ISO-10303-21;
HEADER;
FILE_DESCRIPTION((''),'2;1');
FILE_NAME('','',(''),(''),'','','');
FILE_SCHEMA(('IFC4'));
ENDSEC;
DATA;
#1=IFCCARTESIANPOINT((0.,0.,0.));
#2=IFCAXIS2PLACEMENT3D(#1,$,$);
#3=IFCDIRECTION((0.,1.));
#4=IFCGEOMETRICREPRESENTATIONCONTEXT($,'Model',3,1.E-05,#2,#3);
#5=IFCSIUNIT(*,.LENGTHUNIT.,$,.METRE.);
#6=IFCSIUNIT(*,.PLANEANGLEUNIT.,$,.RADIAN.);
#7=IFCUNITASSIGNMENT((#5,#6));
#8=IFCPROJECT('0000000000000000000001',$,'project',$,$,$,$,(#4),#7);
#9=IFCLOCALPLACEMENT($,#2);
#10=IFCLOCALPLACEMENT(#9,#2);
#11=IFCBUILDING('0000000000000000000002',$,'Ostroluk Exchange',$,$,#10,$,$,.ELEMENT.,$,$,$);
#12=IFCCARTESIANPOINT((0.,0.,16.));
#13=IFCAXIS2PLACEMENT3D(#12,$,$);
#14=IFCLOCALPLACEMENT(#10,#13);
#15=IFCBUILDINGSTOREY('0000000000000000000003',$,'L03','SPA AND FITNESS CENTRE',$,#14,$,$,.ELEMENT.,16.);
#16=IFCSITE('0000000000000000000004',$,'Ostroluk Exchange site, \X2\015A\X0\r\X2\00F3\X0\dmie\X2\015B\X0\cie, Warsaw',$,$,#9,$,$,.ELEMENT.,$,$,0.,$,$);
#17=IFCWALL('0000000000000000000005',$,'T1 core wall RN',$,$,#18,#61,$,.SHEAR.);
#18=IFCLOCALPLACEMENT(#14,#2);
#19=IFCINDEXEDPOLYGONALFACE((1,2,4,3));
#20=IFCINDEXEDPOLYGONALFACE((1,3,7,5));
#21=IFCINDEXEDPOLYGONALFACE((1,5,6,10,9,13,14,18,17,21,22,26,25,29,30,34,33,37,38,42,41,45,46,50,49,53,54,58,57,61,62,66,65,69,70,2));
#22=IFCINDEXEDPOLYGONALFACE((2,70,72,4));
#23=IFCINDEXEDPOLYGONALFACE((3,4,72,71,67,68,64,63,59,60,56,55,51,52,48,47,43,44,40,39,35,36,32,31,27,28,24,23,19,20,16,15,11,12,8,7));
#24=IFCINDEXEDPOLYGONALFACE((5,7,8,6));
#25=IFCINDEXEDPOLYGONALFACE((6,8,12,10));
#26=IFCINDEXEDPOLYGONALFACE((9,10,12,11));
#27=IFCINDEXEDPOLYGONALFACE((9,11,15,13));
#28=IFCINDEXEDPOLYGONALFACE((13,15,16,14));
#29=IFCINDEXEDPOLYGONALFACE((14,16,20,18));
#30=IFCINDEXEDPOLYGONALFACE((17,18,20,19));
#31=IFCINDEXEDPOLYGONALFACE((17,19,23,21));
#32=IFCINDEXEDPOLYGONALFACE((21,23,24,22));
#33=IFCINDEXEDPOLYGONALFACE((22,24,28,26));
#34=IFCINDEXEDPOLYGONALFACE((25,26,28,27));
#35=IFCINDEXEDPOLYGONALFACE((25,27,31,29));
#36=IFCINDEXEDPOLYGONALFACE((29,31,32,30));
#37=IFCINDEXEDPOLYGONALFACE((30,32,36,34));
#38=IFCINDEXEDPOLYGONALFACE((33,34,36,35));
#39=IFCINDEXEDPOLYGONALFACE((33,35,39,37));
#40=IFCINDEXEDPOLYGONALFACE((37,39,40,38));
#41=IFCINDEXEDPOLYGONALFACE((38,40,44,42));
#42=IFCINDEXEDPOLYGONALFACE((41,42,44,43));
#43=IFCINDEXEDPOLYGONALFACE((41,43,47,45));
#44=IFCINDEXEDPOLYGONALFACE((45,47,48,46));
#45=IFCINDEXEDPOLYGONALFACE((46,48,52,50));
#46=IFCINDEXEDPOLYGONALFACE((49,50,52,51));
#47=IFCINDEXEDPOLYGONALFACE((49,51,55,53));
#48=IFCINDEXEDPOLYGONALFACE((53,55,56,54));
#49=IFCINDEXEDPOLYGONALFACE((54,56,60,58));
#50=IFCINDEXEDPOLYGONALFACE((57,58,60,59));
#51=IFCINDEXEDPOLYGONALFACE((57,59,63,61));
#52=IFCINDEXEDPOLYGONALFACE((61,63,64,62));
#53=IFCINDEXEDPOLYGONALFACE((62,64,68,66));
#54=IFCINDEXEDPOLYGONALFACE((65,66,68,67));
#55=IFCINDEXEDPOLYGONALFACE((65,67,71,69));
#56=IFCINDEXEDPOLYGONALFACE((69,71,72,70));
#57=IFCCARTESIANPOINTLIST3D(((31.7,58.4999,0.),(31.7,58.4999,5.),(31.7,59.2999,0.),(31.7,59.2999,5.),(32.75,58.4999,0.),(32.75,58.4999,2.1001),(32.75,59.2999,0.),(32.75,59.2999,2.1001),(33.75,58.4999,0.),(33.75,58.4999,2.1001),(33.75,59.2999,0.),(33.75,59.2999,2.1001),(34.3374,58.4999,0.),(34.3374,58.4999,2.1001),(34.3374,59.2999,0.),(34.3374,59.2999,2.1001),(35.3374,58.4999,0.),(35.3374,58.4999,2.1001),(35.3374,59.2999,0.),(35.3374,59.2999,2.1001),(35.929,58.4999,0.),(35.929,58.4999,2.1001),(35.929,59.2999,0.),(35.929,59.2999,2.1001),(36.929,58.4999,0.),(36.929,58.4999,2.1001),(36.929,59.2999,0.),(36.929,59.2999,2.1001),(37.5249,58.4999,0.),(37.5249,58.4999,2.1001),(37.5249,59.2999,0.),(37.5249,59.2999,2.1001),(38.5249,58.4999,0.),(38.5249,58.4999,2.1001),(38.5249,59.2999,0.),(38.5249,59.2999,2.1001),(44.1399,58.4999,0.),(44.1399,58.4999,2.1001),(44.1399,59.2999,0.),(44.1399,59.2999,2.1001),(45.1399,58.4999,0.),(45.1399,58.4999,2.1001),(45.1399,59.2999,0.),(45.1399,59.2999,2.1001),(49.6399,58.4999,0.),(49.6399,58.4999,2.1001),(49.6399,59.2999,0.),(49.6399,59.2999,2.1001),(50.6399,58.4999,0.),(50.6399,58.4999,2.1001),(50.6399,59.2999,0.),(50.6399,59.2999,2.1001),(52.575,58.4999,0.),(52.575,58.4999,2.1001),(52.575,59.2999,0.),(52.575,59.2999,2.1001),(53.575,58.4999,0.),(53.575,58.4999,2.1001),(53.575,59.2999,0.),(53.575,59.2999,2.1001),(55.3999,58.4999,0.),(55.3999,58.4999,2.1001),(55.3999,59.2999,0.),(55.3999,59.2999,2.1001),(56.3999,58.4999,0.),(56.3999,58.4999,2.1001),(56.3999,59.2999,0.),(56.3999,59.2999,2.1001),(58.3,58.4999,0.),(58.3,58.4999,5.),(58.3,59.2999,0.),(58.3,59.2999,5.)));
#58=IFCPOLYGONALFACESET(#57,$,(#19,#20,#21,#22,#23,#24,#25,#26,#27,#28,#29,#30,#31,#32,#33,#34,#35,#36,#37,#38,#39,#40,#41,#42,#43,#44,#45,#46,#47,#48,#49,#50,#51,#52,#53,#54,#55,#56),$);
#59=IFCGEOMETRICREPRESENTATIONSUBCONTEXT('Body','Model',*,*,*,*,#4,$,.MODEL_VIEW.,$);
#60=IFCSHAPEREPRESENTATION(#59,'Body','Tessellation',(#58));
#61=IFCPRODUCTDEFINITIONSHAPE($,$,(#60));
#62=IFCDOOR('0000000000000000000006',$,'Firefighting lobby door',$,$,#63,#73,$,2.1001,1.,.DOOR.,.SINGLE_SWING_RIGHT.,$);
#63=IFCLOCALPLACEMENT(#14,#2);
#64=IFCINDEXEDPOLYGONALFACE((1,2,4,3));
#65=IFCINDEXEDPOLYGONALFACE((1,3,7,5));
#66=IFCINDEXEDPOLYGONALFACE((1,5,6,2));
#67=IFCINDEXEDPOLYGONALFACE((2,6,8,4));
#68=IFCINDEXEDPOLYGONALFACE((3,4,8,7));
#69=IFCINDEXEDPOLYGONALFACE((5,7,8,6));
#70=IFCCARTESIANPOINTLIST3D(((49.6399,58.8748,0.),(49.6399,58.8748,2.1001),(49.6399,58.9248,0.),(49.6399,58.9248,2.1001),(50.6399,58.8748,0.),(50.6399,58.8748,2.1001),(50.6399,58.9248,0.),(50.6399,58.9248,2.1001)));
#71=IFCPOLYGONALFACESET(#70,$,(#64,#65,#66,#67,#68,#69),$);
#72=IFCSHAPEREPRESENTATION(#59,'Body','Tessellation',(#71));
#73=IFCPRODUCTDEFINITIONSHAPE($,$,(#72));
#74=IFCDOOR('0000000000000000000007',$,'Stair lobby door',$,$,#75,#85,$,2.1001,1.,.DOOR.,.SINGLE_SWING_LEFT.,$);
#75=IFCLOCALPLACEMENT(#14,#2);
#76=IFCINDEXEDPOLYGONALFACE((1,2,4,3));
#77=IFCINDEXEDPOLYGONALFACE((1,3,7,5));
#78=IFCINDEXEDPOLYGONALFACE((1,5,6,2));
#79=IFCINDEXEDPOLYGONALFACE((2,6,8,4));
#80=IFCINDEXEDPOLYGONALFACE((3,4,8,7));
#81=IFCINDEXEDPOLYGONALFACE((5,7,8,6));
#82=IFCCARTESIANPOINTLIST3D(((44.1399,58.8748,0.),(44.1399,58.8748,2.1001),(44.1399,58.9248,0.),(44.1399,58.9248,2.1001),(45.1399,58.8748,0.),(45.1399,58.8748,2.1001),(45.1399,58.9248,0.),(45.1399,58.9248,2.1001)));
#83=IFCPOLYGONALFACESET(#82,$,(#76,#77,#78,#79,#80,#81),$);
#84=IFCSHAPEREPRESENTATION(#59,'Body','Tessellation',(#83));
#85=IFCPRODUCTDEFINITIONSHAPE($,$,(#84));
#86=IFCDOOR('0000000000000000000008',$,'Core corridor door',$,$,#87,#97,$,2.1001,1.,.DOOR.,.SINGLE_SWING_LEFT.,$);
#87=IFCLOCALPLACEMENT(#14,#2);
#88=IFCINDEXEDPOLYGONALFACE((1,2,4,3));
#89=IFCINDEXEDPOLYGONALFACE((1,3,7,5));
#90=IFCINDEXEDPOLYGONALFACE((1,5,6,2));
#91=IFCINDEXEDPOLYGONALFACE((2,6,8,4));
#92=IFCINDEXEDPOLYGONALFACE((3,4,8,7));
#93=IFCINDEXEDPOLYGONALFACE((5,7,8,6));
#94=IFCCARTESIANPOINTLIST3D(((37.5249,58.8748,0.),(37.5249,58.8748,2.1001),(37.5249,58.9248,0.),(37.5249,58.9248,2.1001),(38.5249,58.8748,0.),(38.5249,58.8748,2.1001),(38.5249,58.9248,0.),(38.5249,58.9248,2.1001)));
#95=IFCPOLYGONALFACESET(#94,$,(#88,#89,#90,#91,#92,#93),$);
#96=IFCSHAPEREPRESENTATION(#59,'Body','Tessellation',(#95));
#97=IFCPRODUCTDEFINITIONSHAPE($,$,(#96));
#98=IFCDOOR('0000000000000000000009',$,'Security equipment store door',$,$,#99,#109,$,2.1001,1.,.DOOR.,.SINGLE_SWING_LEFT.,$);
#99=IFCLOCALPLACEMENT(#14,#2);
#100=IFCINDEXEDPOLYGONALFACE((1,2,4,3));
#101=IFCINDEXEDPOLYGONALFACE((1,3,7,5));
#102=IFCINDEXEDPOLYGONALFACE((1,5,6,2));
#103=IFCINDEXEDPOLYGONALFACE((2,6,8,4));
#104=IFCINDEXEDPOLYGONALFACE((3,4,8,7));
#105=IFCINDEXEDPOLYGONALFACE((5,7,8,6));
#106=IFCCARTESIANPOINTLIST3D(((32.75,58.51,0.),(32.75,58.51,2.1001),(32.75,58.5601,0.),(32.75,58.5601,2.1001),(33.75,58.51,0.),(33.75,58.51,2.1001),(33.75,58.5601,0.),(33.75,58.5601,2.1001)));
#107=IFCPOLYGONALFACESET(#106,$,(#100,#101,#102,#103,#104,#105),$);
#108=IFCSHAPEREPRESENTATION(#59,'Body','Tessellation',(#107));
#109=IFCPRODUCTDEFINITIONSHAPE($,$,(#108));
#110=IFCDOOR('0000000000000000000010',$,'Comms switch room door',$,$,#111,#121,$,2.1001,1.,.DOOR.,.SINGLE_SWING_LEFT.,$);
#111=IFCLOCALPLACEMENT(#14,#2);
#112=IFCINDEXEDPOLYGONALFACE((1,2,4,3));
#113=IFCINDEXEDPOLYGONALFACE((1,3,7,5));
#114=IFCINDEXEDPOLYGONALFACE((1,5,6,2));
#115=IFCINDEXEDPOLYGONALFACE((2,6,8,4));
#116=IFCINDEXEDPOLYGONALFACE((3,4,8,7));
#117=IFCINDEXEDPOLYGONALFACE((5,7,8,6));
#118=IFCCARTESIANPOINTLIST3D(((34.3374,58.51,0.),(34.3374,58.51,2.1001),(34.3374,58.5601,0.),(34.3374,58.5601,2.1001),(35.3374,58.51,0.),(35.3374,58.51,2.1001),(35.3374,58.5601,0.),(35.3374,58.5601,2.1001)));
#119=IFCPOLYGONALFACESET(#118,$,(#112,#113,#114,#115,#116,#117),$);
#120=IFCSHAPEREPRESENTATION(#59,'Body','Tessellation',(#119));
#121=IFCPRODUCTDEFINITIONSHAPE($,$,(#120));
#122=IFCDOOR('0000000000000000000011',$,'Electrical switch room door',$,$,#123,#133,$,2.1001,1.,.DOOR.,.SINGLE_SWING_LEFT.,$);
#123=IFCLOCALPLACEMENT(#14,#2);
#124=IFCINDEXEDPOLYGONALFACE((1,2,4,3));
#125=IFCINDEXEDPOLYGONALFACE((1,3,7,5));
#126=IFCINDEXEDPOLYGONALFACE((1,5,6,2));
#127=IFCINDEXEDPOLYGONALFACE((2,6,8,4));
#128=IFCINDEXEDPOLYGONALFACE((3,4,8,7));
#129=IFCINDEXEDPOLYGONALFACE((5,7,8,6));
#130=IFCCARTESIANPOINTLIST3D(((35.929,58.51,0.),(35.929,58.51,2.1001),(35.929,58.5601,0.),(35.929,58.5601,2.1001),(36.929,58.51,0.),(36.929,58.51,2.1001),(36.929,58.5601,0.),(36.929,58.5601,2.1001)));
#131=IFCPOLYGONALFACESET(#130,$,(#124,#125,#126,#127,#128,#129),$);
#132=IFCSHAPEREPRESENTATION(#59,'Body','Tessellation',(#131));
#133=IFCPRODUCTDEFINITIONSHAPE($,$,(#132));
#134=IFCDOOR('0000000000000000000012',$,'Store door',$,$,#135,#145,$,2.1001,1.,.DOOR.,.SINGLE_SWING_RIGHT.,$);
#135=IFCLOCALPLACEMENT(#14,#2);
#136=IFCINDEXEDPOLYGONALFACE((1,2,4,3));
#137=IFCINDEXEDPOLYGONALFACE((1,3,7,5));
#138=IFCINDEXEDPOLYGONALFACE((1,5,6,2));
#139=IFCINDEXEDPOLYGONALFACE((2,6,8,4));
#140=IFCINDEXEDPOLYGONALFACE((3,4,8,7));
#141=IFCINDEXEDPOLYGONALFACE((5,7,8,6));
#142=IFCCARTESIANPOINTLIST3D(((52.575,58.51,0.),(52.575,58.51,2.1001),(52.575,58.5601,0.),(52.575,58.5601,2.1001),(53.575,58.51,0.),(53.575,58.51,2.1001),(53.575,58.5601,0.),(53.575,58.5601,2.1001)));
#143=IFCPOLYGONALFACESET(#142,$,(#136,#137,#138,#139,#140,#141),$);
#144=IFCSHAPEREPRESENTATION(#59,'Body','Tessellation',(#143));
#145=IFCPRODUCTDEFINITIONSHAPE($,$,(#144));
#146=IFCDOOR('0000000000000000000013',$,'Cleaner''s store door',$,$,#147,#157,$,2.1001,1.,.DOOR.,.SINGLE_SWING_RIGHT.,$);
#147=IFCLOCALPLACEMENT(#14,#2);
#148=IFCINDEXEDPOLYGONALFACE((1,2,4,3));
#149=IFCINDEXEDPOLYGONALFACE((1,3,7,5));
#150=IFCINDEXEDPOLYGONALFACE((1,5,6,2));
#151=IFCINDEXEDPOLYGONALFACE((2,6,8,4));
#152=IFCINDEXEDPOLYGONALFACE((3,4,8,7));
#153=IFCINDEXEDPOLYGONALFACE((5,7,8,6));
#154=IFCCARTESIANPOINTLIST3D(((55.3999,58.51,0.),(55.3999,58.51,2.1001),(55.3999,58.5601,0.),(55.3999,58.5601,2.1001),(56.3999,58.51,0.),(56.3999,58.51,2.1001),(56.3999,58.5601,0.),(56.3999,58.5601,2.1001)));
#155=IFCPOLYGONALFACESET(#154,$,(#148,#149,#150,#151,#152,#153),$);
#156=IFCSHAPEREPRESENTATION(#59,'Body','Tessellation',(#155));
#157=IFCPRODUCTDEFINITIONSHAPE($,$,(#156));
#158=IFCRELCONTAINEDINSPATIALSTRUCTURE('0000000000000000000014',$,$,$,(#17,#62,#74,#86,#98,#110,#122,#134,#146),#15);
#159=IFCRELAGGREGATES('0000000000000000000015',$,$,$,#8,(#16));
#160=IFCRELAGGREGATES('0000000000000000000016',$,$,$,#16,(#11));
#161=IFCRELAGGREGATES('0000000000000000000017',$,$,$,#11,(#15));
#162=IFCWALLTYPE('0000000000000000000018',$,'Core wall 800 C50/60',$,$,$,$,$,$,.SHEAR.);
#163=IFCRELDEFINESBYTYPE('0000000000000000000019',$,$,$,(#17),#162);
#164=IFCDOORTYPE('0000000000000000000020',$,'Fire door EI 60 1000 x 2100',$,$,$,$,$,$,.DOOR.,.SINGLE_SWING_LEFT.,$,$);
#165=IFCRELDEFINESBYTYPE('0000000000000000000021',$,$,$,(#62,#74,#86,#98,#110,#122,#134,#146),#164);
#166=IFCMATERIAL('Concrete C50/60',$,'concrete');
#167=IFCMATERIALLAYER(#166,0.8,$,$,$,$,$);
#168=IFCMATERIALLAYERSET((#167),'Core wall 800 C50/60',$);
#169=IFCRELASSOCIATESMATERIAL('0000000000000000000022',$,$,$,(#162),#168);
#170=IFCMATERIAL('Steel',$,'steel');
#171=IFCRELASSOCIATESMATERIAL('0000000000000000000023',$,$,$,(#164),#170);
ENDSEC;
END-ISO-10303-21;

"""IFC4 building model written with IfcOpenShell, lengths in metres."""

from ifc_helpers import new_model, si_unit, direction, frame, frame_2d, origin, place, context, subcontext, project, spatial, rectangle, extrude, material, layer, layer_set, type_object, element, fill, save


model = new_model("IFC4")

# Units and contexts
model_context = context("Model", 3, precision=1e-05, world=origin(), true_north=direction((0.0, 1.0)))
body_context = subcontext(model_context, "Body", "Model", "MODEL_VIEW")
ifc_project = project(units=[si_unit("LENGTHUNIT", "METRE"), si_unit("PLANEANGLEUNIT", "RADIAN")], contexts=[model_context])

# Site, building, storey
site_placement = place(None, origin())
site = spatial("IfcSite", under=ifc_project, at=site_placement, Name="Ostroluk Exchange site, Śródmieście, Warsaw", CompositionType="ELEMENT", RefElevation=0.0)
building_placement = place(site_placement, origin())
building = spatial("IfcBuilding", under=site, at=building_placement, Name="Ostroluk Exchange", CompositionType="ELEMENT")
storey_placement = place(building_placement, frame((0.0, 0.0, 16.0)))
storey = spatial("IfcBuildingStorey", under=building, at=storey_placement, Name="L03", Description="SPA AND FITNESS CENTRE", CompositionType="ELEMENT", Elevation=16.0)

# Wall, openings, doors
ifc_material_1 = material(Name="Concrete C50/60", Category="concrete")
ifc_layer_1 = layer(ifc_material_1, 0.8)
ifc_layer_set_1 = layer_set([ifc_layer_1], Name="Core wall 800 C50/60")
wall_type_1 = type_object("IfcWallType", Name="Core wall 800 C50/60", PredefinedType="SHEAR", material=ifc_layer_set_1)
wall_1_placement = place(storey_placement, frame((31.7, 58.8999, 0.0), z_axis=(0.0, 0.0, 1.0), x_axis=(1.0, 0.0, 0.0)))
wall_1 = element("IfcWall", 1, at=wall_1_placement, inside=storey, type_object=wall_type_1, Name="T1 core wall RN", PredefinedType="SHEAR", context=body_context, shape_type="SweptSolid", body=[
    extrude(rectangle(XDim=26.6001, YDim=0.8, at=frame_2d((13.3, 0.0))), origin(), (0.0, 0.0, 1.0), 5.0),
])
opening_1_placement = place(wall_1_placement, frame((17.9399, 0.0, 0.0)))
opening_1 = element("IfcOpeningElement", 2, at=opening_1_placement, cuts=wall_1, PredefinedType="OPENING", context=body_context, shape_type="SweptSolid", body=[
    extrude(rectangle(XDim=1.0, YDim=2.1001, at=frame_2d((0.5, 1.05))), frame((0.0, 0.4099, 0.0), z_axis=(0.0, -1.0, 0.0), x_axis=(1.0, 0.0, 0.0)), (0.0, 0.0, 1.0), 0.8201),
])
opening_2_placement = place(wall_1_placement, frame((12.4399, 0.0, 0.0)))
opening_2 = element("IfcOpeningElement", 3, at=opening_2_placement, cuts=wall_1, PredefinedType="OPENING", context=body_context, shape_type="SweptSolid", body=[
    extrude(rectangle(XDim=1.0, YDim=2.1001, at=frame_2d((0.5, 1.05))), frame((0.0, 0.4099, 0.0), z_axis=(0.0, -1.0, 0.0), x_axis=(1.0, 0.0, 0.0)), (0.0, 0.0, 1.0), 0.8201),
])
opening_3_placement = place(wall_1_placement, frame((5.825, 0.0, 0.0)))
opening_3 = element("IfcOpeningElement", 4, at=opening_3_placement, cuts=wall_1, PredefinedType="OPENING", context=body_context, shape_type="SweptSolid", body=[
    extrude(rectangle(XDim=1.0, YDim=2.1001, at=frame_2d((0.5, 1.05))), frame((0.0, 0.4099, 0.0), z_axis=(0.0, -1.0, 0.0), x_axis=(1.0, 0.0, 0.0)), (0.0, 0.0, 1.0), 0.8201),
])
opening_4_placement = place(wall_1_placement, frame((1.05, 0.0, 0.0)))
opening_4 = element("IfcOpeningElement", 5, at=opening_4_placement, cuts=wall_1, PredefinedType="OPENING", context=body_context, shape_type="SweptSolid", body=[
    extrude(rectangle(XDim=1.0, YDim=2.1001, at=frame_2d((0.5, 1.05))), frame((0.0, 0.4099, 0.0), z_axis=(0.0, -1.0, 0.0), x_axis=(1.0, 0.0, 0.0)), (0.0, 0.0, 1.0), 0.8201),
])
opening_5_placement = place(wall_1_placement, frame((2.6375, 0.0, 0.0)))
opening_5 = element("IfcOpeningElement", 6, at=opening_5_placement, cuts=wall_1, PredefinedType="OPENING", context=body_context, shape_type="SweptSolid", body=[
    extrude(rectangle(XDim=1.0, YDim=2.1001, at=frame_2d((0.5, 1.05))), frame((0.0, 0.4099, 0.0), z_axis=(0.0, -1.0, 0.0), x_axis=(1.0, 0.0, 0.0)), (0.0, 0.0, 1.0), 0.8201),
])
opening_6_placement = place(wall_1_placement, frame((4.229, 0.0, 0.0)))
opening_6 = element("IfcOpeningElement", 7, at=opening_6_placement, cuts=wall_1, PredefinedType="OPENING", context=body_context, shape_type="SweptSolid", body=[
    extrude(rectangle(XDim=1.0, YDim=2.1001, at=frame_2d((0.5, 1.05))), frame((0.0, 0.4099, 0.0), z_axis=(0.0, -1.0, 0.0), x_axis=(1.0, 0.0, 0.0)), (0.0, 0.0, 1.0), 0.8201),
])
opening_7_placement = place(wall_1_placement, frame((20.875, 0.0, 0.0)))
opening_7 = element("IfcOpeningElement", 8, at=opening_7_placement, cuts=wall_1, PredefinedType="OPENING", context=body_context, shape_type="SweptSolid", body=[
    extrude(rectangle(XDim=1.0, YDim=2.1001, at=frame_2d((0.5, 1.05))), frame((0.0, 0.4099, 0.0), z_axis=(0.0, -1.0, 0.0), x_axis=(1.0, 0.0, 0.0)), (0.0, 0.0, 1.0), 0.8201),
])
opening_8_placement = place(wall_1_placement, frame((23.7, 0.0, 0.0)))
opening_8 = element("IfcOpeningElement", 9, at=opening_8_placement, cuts=wall_1, PredefinedType="OPENING", context=body_context, shape_type="SweptSolid", body=[
    extrude(rectangle(XDim=1.0, YDim=2.1001, at=frame_2d((0.5, 1.05))), frame((0.0, 0.4099, 0.0), z_axis=(0.0, -1.0, 0.0), x_axis=(1.0, 0.0, 0.0)), (0.0, 0.0, 1.0), 0.8201),
])
ifc_material_2 = material(Name="Steel", Category="steel")
door_type_1 = type_object("IfcDoorType", Name="Fire door EI 60 1000 x 2100", OperationType="SINGLE_SWING_LEFT", PredefinedType="DOOR", material=ifc_material_2)
door_1_placement = place(opening_1_placement, origin())
door_1 = element("IfcDoor", 10, at=door_1_placement, inside=storey, type_object=door_type_1, Name="Firefighting lobby door", OperationType="SINGLE_SWING_RIGHT", OverallHeight=2.1001, OverallWidth=1.0, PredefinedType="DOOR", context=body_context, shape_type="SweptSolid", body=[
    extrude(rectangle(XDim=1.0, YDim=2.1001, at=frame_2d((0.5, 1.05))), frame((0.0, 0.0249, 0.0), z_axis=(0.0, -1.0, 0.0), x_axis=(1.0, 0.0, 0.0)), (0.0, 0.0, 1.0), 0.05),
])
fill(opening_1, door_1)
door_2_placement = place(opening_2_placement, origin())
door_2 = element("IfcDoor", 11, at=door_2_placement, inside=storey, type_object=door_type_1, Name="Stair lobby door", OperationType="SINGLE_SWING_LEFT", OverallHeight=2.1001, OverallWidth=1.0, PredefinedType="DOOR", context=body_context, shape_type="SweptSolid", body=[
    extrude(rectangle(XDim=1.0, YDim=2.1001, at=frame_2d((0.5, 1.05))), frame((0.0, 0.0249, 0.0), z_axis=(0.0, -1.0, 0.0), x_axis=(1.0, 0.0, 0.0)), (0.0, 0.0, 1.0), 0.05),
])
fill(opening_2, door_2)
door_3_placement = place(opening_3_placement, origin())
door_3 = element("IfcDoor", 12, at=door_3_placement, inside=storey, type_object=door_type_1, Name="Core corridor door", OperationType="SINGLE_SWING_LEFT", OverallHeight=2.1001, OverallWidth=1.0, PredefinedType="DOOR", context=body_context, shape_type="SweptSolid", body=[
    extrude(rectangle(XDim=1.0, YDim=2.1001, at=frame_2d((0.5, 1.05))), frame((0.0, 0.0249, 0.0), z_axis=(0.0, -1.0, 0.0), x_axis=(1.0, 0.0, 0.0)), (0.0, 0.0, 1.0), 0.05),
])
fill(opening_3, door_3)
door_4_placement = place(opening_4_placement, origin())
door_4 = element("IfcDoor", 13, at=door_4_placement, inside=storey, type_object=door_type_1, Name="Security equipment store door", OperationType="SINGLE_SWING_LEFT", OverallHeight=2.1001, OverallWidth=1.0, PredefinedType="DOOR", context=body_context, shape_type="SweptSolid", body=[
    extrude(rectangle(XDim=1.0, YDim=2.1001, at=frame_2d((0.5, 1.05))), frame((0.0, -0.3398, 0.0), z_axis=(0.0, -1.0, 0.0), x_axis=(1.0, 0.0, 0.0)), (0.0, 0.0, 1.0), 0.05),
])
fill(opening_4, door_4)
door_5_placement = place(opening_5_placement, origin())
door_5 = element("IfcDoor", 14, at=door_5_placement, inside=storey, type_object=door_type_1, Name="Comms switch room door", OperationType="SINGLE_SWING_LEFT", OverallHeight=2.1001, OverallWidth=1.0, PredefinedType="DOOR", context=body_context, shape_type="SweptSolid", body=[
    extrude(rectangle(XDim=1.0, YDim=2.1001, at=frame_2d((0.5, 1.05))), frame((0.0, -0.3398, 0.0), z_axis=(0.0, -1.0, 0.0), x_axis=(1.0, 0.0, 0.0)), (0.0, 0.0, 1.0), 0.05),
])
fill(opening_5, door_5)
door_6_placement = place(opening_6_placement, origin())
door_6 = element("IfcDoor", 15, at=door_6_placement, inside=storey, type_object=door_type_1, Name="Electrical switch room door", OperationType="SINGLE_SWING_LEFT", OverallHeight=2.1001, OverallWidth=1.0, PredefinedType="DOOR", context=body_context, shape_type="SweptSolid", body=[
    extrude(rectangle(XDim=1.0, YDim=2.1001, at=frame_2d((0.5, 1.05))), frame((0.0, -0.3398, 0.0), z_axis=(0.0, -1.0, 0.0), x_axis=(1.0, 0.0, 0.0)), (0.0, 0.0, 1.0), 0.05),
])
fill(opening_6, door_6)
door_7_placement = place(opening_7_placement, origin())
door_7 = element("IfcDoor", 16, at=door_7_placement, inside=storey, type_object=door_type_1, Name="Store door", OperationType="SINGLE_SWING_RIGHT", OverallHeight=2.1001, OverallWidth=1.0, PredefinedType="DOOR", context=body_context, shape_type="SweptSolid", body=[
    extrude(rectangle(XDim=1.0, YDim=2.1001, at=frame_2d((0.5, 1.05))), frame((0.0, -0.3398, 0.0), z_axis=(0.0, -1.0, 0.0), x_axis=(1.0, 0.0, 0.0)), (0.0, 0.0, 1.0), 0.05),
])
fill(opening_7, door_7)
door_8_placement = place(opening_8_placement, origin())
door_8 = element("IfcDoor", 17, at=door_8_placement, inside=storey, type_object=door_type_1, Name="Cleaner's store door", OperationType="SINGLE_SWING_RIGHT", OverallHeight=2.1001, OverallWidth=1.0, PredefinedType="DOOR", context=body_context, shape_type="SweptSolid", body=[
    extrude(rectangle(XDim=1.0, YDim=2.1001, at=frame_2d((0.5, 1.05))), frame((0.0, -0.3398, 0.0), z_axis=(0.0, -1.0, 0.0), x_axis=(1.0, 0.0, 0.0)), (0.0, 0.0, 1.0), 0.05),
])
fill(opening_8, door_8)

save(model, "model.ifc")
